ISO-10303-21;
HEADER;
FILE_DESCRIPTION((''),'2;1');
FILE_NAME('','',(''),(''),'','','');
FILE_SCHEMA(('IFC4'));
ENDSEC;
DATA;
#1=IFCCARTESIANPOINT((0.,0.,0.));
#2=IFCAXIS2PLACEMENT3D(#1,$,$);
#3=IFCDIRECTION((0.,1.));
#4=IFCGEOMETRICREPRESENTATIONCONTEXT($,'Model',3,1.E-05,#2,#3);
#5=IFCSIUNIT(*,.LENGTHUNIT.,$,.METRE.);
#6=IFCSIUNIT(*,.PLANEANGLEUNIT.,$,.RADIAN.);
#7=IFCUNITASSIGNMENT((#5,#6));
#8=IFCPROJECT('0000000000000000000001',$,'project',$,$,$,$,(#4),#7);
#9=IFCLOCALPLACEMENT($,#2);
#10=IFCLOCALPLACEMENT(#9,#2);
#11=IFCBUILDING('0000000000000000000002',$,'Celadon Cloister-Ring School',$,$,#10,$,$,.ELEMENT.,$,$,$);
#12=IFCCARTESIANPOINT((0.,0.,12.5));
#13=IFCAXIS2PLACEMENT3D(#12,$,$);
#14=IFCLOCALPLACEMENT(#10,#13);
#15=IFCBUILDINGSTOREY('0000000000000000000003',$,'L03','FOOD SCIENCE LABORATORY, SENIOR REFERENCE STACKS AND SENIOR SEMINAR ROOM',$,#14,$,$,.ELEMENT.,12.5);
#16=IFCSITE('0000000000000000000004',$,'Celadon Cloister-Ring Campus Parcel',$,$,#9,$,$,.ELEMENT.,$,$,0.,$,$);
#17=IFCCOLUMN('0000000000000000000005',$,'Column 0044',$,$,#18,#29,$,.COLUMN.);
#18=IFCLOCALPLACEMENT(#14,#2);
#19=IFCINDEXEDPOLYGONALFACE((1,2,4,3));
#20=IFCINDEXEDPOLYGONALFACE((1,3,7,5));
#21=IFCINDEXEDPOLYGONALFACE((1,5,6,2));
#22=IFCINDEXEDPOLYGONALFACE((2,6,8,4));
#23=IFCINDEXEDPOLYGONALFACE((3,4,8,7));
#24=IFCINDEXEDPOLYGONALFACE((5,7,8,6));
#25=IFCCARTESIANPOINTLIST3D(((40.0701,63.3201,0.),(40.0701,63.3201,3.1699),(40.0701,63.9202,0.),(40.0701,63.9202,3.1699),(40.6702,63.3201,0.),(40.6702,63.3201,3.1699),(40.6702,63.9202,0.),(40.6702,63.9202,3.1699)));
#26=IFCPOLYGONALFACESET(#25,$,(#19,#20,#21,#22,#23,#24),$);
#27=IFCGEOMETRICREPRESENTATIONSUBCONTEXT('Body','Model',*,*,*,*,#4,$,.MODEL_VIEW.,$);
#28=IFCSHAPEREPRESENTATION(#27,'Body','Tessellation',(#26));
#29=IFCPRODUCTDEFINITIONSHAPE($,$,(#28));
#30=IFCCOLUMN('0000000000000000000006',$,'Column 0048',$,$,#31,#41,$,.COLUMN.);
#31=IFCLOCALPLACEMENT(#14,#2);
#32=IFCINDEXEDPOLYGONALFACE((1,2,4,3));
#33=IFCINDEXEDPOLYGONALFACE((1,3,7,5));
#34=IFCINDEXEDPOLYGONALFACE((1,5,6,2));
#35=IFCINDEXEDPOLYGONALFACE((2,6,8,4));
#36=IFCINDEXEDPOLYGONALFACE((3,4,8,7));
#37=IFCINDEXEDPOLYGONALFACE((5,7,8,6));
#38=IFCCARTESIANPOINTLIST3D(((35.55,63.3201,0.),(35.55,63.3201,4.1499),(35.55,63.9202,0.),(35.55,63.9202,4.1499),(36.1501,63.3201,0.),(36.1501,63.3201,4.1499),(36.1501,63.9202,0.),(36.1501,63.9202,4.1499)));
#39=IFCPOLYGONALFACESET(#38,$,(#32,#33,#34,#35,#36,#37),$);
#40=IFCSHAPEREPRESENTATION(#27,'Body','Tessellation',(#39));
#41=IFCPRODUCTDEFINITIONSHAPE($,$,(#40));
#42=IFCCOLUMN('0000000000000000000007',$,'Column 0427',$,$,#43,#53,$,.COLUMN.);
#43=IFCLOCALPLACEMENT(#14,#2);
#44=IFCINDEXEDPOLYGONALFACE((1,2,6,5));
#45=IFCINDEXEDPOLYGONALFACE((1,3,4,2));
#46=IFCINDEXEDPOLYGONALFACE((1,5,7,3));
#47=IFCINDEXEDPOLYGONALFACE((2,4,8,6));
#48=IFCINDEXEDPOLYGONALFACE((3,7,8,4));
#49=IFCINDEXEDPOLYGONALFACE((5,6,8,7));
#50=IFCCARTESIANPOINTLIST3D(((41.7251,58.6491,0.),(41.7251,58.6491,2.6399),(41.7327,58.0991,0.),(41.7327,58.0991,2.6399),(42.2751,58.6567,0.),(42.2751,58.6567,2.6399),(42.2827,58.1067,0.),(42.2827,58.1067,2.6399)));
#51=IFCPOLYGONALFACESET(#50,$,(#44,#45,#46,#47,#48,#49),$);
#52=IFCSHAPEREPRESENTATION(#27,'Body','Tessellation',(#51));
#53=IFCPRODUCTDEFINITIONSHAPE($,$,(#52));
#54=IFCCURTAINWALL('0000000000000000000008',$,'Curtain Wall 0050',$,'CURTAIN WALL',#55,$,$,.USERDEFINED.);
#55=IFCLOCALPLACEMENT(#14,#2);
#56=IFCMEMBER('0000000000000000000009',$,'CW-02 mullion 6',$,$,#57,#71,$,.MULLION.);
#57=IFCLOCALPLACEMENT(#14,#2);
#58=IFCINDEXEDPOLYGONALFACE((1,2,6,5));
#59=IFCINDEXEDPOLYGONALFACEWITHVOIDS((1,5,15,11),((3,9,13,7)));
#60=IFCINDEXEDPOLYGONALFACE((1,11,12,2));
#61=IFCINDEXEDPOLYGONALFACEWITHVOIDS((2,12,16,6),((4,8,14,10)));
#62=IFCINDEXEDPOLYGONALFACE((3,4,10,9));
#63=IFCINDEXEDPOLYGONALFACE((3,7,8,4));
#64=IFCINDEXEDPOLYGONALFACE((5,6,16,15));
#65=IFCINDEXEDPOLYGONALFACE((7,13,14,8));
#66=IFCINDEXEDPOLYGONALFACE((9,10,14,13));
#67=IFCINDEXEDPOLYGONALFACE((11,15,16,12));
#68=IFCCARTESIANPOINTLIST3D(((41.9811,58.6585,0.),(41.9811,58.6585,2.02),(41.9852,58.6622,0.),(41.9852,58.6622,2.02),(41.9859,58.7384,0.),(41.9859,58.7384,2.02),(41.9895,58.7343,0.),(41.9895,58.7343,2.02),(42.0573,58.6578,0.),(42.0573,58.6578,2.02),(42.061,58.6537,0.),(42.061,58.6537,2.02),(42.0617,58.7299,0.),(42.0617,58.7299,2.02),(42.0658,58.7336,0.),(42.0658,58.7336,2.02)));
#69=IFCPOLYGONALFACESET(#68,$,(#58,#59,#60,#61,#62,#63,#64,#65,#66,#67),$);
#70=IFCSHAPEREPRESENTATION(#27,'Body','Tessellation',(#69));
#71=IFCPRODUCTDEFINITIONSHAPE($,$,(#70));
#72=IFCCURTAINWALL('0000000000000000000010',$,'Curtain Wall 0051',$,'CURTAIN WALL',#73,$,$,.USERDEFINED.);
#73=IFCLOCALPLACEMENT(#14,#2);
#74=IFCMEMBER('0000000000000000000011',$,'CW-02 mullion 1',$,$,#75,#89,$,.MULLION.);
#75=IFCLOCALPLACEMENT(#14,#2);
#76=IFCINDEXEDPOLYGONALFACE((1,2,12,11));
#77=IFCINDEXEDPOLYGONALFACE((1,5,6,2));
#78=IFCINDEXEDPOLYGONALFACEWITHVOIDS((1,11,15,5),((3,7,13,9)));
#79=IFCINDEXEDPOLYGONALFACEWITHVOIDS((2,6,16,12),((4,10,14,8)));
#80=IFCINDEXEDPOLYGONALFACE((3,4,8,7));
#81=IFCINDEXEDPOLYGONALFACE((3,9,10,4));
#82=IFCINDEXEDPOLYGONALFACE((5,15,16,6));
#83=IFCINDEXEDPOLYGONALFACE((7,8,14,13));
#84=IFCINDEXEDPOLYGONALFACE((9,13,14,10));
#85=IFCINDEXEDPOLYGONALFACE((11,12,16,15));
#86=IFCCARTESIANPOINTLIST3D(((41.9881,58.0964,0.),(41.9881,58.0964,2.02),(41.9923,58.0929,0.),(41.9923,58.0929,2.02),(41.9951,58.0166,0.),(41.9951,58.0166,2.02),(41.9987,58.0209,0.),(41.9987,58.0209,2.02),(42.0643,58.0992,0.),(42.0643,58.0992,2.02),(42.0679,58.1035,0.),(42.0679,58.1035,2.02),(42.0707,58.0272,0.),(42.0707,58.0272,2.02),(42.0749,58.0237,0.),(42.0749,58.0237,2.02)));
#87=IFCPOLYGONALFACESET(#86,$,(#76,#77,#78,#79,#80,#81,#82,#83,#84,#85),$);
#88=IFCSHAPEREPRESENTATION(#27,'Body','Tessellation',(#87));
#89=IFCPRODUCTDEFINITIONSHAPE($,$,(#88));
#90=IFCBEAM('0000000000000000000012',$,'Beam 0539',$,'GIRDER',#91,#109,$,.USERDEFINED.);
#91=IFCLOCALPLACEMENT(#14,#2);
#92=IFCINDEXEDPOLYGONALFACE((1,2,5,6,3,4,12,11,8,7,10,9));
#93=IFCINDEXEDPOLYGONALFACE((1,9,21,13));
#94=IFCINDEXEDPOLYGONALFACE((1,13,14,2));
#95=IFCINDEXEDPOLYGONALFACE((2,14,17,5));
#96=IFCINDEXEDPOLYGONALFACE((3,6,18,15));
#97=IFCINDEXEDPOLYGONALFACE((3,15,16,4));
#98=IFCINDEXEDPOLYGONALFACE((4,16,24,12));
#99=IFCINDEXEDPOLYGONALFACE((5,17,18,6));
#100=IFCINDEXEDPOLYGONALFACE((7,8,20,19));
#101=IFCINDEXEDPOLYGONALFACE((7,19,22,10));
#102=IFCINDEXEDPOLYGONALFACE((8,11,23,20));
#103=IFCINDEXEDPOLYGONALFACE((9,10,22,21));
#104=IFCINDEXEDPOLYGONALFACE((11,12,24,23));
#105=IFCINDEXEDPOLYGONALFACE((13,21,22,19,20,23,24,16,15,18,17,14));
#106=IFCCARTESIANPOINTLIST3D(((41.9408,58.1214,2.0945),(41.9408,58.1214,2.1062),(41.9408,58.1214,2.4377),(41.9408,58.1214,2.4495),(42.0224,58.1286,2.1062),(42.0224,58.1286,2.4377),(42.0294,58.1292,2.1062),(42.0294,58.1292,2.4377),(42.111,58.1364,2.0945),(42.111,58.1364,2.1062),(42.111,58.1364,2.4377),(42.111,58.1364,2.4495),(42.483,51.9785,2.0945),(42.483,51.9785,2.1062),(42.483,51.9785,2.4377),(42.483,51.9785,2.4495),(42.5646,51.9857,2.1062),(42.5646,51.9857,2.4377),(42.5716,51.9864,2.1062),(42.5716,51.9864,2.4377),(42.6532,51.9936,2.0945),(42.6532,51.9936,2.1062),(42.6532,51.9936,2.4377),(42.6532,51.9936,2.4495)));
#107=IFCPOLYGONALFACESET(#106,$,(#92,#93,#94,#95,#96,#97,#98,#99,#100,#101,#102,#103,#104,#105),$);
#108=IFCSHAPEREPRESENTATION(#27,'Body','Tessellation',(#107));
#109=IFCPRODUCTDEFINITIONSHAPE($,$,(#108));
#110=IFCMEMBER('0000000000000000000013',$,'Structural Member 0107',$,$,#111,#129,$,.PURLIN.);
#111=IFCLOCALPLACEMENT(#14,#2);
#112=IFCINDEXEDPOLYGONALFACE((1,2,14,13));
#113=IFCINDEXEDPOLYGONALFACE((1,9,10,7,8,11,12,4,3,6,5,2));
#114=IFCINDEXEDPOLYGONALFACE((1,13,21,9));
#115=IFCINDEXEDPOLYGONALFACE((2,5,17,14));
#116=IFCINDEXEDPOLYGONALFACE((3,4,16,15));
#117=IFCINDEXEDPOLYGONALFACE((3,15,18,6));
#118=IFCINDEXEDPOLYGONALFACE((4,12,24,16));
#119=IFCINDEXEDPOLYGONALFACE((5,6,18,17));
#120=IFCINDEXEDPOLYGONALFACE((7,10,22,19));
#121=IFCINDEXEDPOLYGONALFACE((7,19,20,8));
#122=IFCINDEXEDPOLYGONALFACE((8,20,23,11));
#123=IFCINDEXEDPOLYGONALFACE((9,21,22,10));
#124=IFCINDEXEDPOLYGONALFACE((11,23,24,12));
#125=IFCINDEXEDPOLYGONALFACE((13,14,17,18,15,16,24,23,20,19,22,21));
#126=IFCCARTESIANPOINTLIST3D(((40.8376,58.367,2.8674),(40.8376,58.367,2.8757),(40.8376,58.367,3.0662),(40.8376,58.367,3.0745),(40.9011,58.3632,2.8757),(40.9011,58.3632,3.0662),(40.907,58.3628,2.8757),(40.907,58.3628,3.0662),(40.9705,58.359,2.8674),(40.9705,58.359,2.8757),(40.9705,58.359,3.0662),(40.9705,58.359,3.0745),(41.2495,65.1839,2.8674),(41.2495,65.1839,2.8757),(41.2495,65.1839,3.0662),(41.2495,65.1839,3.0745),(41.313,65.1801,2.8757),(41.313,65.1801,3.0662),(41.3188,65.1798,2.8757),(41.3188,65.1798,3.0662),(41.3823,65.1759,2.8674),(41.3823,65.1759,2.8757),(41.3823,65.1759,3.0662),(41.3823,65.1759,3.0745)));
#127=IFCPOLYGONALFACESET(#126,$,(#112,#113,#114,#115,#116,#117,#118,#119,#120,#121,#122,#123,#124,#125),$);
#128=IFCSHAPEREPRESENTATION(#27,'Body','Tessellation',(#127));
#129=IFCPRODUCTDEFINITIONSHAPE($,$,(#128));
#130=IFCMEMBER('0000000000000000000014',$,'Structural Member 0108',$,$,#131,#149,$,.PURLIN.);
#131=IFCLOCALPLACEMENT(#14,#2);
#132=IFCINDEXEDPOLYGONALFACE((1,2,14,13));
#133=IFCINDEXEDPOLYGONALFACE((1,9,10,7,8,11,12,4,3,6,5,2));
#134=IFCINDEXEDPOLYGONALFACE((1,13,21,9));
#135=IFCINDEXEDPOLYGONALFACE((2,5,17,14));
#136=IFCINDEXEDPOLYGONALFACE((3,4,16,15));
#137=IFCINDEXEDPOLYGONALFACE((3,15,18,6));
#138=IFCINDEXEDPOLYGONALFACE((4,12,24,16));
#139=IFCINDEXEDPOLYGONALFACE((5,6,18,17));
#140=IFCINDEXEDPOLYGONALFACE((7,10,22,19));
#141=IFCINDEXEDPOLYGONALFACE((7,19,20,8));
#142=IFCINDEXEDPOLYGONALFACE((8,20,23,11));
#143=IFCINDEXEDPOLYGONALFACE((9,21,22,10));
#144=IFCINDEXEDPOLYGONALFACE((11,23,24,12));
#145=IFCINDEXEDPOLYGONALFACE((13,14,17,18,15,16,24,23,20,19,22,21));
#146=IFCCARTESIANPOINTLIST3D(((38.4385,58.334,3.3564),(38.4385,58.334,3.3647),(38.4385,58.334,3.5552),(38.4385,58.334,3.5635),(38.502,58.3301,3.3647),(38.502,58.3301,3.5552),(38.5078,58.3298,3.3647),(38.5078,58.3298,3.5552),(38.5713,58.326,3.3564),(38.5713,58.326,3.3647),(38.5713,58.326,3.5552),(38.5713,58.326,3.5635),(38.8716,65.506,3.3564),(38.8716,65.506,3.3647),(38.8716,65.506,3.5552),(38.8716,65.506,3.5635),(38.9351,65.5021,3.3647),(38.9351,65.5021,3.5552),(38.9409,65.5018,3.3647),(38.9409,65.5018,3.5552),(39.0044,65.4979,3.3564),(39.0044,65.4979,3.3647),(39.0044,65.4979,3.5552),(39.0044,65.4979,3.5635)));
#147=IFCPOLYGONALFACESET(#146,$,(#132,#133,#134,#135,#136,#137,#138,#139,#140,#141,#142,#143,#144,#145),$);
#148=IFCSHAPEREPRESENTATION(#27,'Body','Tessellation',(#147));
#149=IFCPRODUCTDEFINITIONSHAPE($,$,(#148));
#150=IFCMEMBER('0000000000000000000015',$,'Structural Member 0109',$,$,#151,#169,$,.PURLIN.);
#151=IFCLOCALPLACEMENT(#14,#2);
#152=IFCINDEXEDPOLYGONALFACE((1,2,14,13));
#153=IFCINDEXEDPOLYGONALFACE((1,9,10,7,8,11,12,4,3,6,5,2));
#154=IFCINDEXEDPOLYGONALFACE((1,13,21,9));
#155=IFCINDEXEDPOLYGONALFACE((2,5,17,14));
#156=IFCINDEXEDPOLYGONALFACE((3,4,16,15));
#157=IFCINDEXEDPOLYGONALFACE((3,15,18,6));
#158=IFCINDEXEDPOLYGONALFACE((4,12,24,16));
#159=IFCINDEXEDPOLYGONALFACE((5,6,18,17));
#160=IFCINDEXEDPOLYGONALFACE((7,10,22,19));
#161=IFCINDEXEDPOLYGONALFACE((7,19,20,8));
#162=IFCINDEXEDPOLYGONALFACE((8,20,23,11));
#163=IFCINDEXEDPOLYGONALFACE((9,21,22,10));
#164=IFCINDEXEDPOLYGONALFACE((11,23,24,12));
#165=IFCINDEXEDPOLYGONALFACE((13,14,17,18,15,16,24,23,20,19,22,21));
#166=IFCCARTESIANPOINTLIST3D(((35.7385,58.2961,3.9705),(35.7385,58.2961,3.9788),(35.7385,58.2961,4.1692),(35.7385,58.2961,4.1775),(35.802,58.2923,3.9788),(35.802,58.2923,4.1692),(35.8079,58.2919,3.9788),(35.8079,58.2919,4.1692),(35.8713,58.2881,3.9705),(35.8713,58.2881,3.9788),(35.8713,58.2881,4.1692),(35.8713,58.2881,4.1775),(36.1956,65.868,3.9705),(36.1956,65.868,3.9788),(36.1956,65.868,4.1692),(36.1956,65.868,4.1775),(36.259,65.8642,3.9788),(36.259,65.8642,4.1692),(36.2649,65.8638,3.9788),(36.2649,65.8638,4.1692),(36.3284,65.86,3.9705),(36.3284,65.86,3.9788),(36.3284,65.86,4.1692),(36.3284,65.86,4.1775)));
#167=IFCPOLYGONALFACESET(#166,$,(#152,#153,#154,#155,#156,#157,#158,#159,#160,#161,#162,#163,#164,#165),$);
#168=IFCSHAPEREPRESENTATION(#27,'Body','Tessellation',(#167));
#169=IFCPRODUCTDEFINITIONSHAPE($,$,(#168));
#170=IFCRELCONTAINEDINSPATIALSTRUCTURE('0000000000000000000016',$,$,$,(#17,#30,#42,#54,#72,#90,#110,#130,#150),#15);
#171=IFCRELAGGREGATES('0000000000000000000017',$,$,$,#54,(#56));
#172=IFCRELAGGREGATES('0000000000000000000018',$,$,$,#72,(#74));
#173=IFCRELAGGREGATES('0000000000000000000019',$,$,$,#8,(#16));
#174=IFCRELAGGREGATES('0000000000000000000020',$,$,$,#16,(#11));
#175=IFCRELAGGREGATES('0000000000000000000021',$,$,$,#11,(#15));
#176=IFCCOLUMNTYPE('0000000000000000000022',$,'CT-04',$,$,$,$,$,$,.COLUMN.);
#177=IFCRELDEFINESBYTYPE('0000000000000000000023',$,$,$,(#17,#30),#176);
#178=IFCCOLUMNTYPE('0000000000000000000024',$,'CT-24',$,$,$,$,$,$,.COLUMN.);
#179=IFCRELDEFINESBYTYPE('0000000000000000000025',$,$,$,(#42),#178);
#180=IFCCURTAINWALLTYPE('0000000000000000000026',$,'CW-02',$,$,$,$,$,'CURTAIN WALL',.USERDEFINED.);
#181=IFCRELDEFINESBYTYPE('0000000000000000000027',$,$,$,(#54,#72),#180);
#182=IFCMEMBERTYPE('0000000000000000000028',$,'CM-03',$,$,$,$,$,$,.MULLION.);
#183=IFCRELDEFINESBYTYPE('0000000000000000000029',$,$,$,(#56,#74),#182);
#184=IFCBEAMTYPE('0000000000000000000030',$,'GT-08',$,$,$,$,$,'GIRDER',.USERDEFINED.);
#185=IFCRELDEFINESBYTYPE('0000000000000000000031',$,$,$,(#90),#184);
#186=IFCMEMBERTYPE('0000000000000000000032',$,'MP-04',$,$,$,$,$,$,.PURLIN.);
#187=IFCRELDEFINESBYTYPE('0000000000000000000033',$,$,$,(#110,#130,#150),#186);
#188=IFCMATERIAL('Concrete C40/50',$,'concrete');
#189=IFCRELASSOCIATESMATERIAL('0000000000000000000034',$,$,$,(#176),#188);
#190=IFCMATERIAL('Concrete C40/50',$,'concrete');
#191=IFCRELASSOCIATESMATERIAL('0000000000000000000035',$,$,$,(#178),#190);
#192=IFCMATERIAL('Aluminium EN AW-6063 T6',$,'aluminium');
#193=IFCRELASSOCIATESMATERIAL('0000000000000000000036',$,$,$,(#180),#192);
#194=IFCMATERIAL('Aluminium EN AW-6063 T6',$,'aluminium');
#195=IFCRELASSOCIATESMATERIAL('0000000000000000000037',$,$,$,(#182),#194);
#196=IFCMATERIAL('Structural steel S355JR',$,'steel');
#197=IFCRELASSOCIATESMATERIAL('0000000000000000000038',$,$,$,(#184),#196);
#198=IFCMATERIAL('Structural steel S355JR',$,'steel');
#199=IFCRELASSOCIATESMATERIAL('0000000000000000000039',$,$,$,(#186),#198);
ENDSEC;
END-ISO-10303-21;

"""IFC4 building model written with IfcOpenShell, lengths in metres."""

from ifc_helpers import new_model, si_unit, direction, frame, origin, origin_2d, place, context, subcontext, project, spatial, rectangle, hollow_rectangle, i_section, extrude, material, material_profile, profile_set, type_object, element, aggregate, save


model = new_model("IFC4")

# Units and contexts
model_context = context("Model", 3, precision=1e-05, world=origin(), true_north=direction((0.0, 1.0)))
body_context = subcontext(model_context, "Body", "Model", "MODEL_VIEW")
ifc_project = project(units=[si_unit("LENGTHUNIT", "METRE"), si_unit("PLANEANGLEUNIT", "RADIAN")], contexts=[model_context])

# Site, building, storey
site_placement = place(None, origin())
site = spatial("IfcSite", under=ifc_project, at=site_placement, Name="Celadon Cloister-Ring Campus Parcel", CompositionType="ELEMENT", RefElevation=0.0)
building_placement = place(site_placement, origin())
building = spatial("IfcBuilding", under=site, at=building_placement, Name="Celadon Cloister-Ring School", CompositionType="ELEMENT")
storey_placement = place(building_placement, frame((0.0, 0.0, 12.5)))
storey = spatial("IfcBuildingStorey", under=building, at=storey_placement, Name="L03", Description="FOOD SCIENCE LABORATORY, SENIOR REFERENCE STACKS AND SENIOR SEMINAR ROOM", CompositionType="ELEMENT", Elevation=12.5)

# Columns
ifc_material_1 = material(Name="Concrete C40/50", Category="concrete")
ifc_material_profile_1 = material_profile(ifc_material_1, rectangle(XDim=0.6001, YDim=0.6001, at=origin_2d()), Name="RC600X600")
ifc_profile_set_1 = profile_set([ifc_material_profile_1], Name="Concrete C40/50")
column_type_1 = type_object("IfcColumnType", Name="CT-04", PredefinedType="COLUMN", material=ifc_profile_set_1)
column_1_placement = place(storey_placement, frame((40.3701, 63.6201, 0.0), z_axis=(0.0, 0.0, 1.0), x_axis=(1.0, 0.0, 0.0)))
element("IfcColumn", 1, at=column_1_placement, inside=storey, type_object=column_type_1, Name="Column 0044", PredefinedType="COLUMN", context=body_context, shape_type="SweptSolid", body=[
    extrude(rectangle(XDim=0.6001, YDim=0.6001, at=origin_2d()), origin(), (0.0, 0.0, 1.0), 3.1699),
])
column_2_placement = place(storey_placement, frame((35.8501, 63.6201, 0.0), z_axis=(0.0, 0.0, 1.0), x_axis=(1.0, 0.0, 0.0)))
element("IfcColumn", 2, at=column_2_placement, inside=storey, type_object=column_type_1, Name="Column 0048", PredefinedType="COLUMN", context=body_context, shape_type="SweptSolid", body=[
    extrude(rectangle(XDim=0.6001, YDim=0.6001, at=origin_2d()), origin(), (0.0, 0.0, 1.0), 4.1499),
])
ifc_material_2 = material(Name="Concrete C40/50", Category="concrete")
ifc_material_profile_2 = material_profile(ifc_material_2, rectangle(XDim=0.55, YDim=0.55, at=origin_2d()), Name="RC550X550")
ifc_profile_set_2 = profile_set([ifc_material_profile_2], Name="Concrete C40/50")
column_type_2 = type_object("IfcColumnType", Name="CT-24", PredefinedType="COLUMN", material=ifc_profile_set_2)
column_3_placement = place(storey_placement, frame((42.0039, 58.3779, 0.0), z_axis=(0.0, 0.0, 1.0), x_axis=(-0.999904, -0.013823, 0.0)))
element("IfcColumn", 3, at=column_3_placement, inside=storey, type_object=column_type_2, Name="Column 0427", PredefinedType="COLUMN", context=body_context, shape_type="SweptSolid", body=[
    extrude(rectangle(XDim=0.55, YDim=0.55, at=origin_2d()), origin(), (0.0, 0.0, 1.0), 2.6399),
])

# Curtain walls, members
ifc_material_3 = material(Name="Aluminium EN AW-6063 T6", Category="aluminium")
curtain_wall_type = type_object("IfcCurtainWallType", Name="CW-02", ElementType="CURTAIN WALL", PredefinedType="USERDEFINED", material=ifc_material_3)
curtain_wall_1_placement = place(storey_placement, origin())
curtain_wall_1 = element("IfcCurtainWall", 4, at=curtain_wall_1_placement, inside=storey, type_object=curtain_wall_type, Name="Curtain Wall 0050", ObjectType="CURTAIN WALL", PredefinedType="USERDEFINED")
ifc_material_4 = material(Name="Aluminium EN AW-6063 T6", Category="aluminium")
ifc_material_profile_3 = material_profile(ifc_material_4, hollow_rectangle(XDim=0.0801, YDim=0.0801, WallThickness=0.0039, at=origin_2d()), Name="RHS80X80X4")
ifc_profile_set_3 = profile_set([ifc_material_profile_3], Name="Aluminium EN AW-6063 T6")
member_type_1 = type_object("IfcMemberType", Name="CM-03", PredefinedType="MULLION", material=ifc_profile_set_3)
member_1_placement = place(storey_placement, frame((42.0234, 58.696, 0.0), z_axis=(0.0, 0.0, 1.0), x_axis=(0.998184, -0.060238, 0.0)))
member_1 = element("IfcMember", 5, at=member_1_placement, type_object=member_type_1, Name="CW-02 mullion 6", PredefinedType="MULLION", context=body_context, shape_type="SweptSolid", body=[
    extrude(hollow_rectangle(XDim=0.0801, YDim=0.0801, WallThickness=0.0039, at=origin_2d()), origin(), (0.0, 0.0, 1.0), 2.02),
])
aggregate(curtain_wall_1, [member_1])
curtain_wall_2_placement = place(storey_placement, origin())
curtain_wall_2 = element("IfcCurtainWall", 6, at=curtain_wall_2_placement, inside=storey, type_object=curtain_wall_type, Name="Curtain Wall 0051", ObjectType="CURTAIN WALL", PredefinedType="USERDEFINED")
member_2_placement = place(storey_placement, frame((42.0315, 58.0601, 0.0), z_axis=(0.0, 0.0, 1.0), x_axis=(0.996114, 0.088071, 0.0)))
member_2 = element("IfcMember", 7, at=member_2_placement, type_object=member_type_1, Name="CW-02 mullion 1", PredefinedType="MULLION", context=body_context, shape_type="SweptSolid", body=[
    extrude(hollow_rectangle(XDim=0.0801, YDim=0.0801, WallThickness=0.0039, at=origin_2d()), origin(), (0.0, 0.0, 1.0), 2.02),
])
aggregate(curtain_wall_2, [member_2])

# Beam
ifc_material_5 = material(Name="Structural steel S355JR", Category="steel")
ifc_material_profile_4 = material_profile(ifc_material_5, i_section(OverallWidth=0.1709, OverallDepth=0.355, WebThickness=0.0071, FlangeThickness=0.0117, at=origin_2d()), Name="W360X51")
ifc_profile_set_4 = profile_set([ifc_material_profile_4], Name="Structural steel S355JR")
beam_type = type_object("IfcBeamType", Name="GT-08", ElementType="GIRDER", PredefinedType="USERDEFINED", material=ifc_profile_set_4)
beam_placement = place(storey_placement, frame((42.0259, 58.1289, 2.272), z_axis=(0.08793, -0.996127, 0.0), x_axis=(0.996127, 0.08793, 0.0)))
element("IfcBeam", 8, at=beam_placement, inside=storey, type_object=beam_type, Name="Beam 0539", ObjectType="GIRDER", PredefinedType="USERDEFINED", context=body_context, shape_type="SweptSolid", body=[
    extrude(i_section(OverallWidth=0.1709, OverallDepth=0.355, WebThickness=0.0071, FlangeThickness=0.0117, at=origin_2d()), origin(), (0.0, 0.0, 1.0), 6.1667),
])

# Members
ifc_material_6 = material(Name="Structural steel S355JR", Category="steel")
ifc_material_profile_5 = material_profile(ifc_material_6, i_section(OverallWidth=0.1331, OverallDepth=0.207, WebThickness=0.0059, FlangeThickness=0.0083, at=origin_2d()), Name="W200X27")
ifc_profile_set_5 = profile_set([ifc_material_profile_5], Name="Structural steel S355JR")
member_type_2 = type_object("IfcMemberType", Name="MP-04", PredefinedType="PURLIN", material=ifc_profile_set_5)
member_3_placement = place(storey_placement, frame((41.3159, 65.1799, 2.9709), z_axis=(-0.060308, -0.99818, 0.0), x_axis=(0.99818, -0.060308, 0.0)))
element("IfcMember", 9, at=member_3_placement, inside=storey, type_object=member_type_2, Name="Structural Member 0107", PredefinedType="PURLIN", context=body_context, shape_type="SweptSolid", body=[
    extrude(i_section(OverallWidth=0.1331, OverallDepth=0.207, WebThickness=0.0059, FlangeThickness=0.0083, at=origin_2d()), origin(), (0.0, 0.0, 1.0), 6.8293),
])
member_4_placement = place(storey_placement, frame((38.938, 65.502, 3.46), z_axis=(-0.06028, -0.998182, 0.0), x_axis=(0.998182, -0.06028, 0.0)))
element("IfcMember", 10, at=member_4_placement, inside=storey, type_object=member_type_2, Name="Structural Member 0108", PredefinedType="PURLIN", context=body_context, shape_type="SweptSolid", body=[
    extrude(i_section(OverallWidth=0.1331, OverallDepth=0.207, WebThickness=0.0059, FlangeThickness=0.0083, at=origin_2d()), origin(), (0.0, 0.0, 1.0), 7.1851),
])
member_5_placement = place(storey_placement, frame((36.262, 65.864, 4.074), z_axis=(-0.060248, -0.998183, 0.0), x_axis=(0.998183, -0.060248, 0.0)))
element("IfcMember", 11, at=member_5_placement, inside=storey, type_object=member_type_2, Name="Structural Member 0109", PredefinedType="PURLIN", context=body_context, shape_type="SweptSolid", body=[
    extrude(i_section(OverallWidth=0.1331, OverallDepth=0.207, WebThickness=0.0059, FlangeThickness=0.0083, at=origin_2d()), origin(), (0.0, 0.0, 1.0), 7.5857),
])

save(model, "model.ifc")
